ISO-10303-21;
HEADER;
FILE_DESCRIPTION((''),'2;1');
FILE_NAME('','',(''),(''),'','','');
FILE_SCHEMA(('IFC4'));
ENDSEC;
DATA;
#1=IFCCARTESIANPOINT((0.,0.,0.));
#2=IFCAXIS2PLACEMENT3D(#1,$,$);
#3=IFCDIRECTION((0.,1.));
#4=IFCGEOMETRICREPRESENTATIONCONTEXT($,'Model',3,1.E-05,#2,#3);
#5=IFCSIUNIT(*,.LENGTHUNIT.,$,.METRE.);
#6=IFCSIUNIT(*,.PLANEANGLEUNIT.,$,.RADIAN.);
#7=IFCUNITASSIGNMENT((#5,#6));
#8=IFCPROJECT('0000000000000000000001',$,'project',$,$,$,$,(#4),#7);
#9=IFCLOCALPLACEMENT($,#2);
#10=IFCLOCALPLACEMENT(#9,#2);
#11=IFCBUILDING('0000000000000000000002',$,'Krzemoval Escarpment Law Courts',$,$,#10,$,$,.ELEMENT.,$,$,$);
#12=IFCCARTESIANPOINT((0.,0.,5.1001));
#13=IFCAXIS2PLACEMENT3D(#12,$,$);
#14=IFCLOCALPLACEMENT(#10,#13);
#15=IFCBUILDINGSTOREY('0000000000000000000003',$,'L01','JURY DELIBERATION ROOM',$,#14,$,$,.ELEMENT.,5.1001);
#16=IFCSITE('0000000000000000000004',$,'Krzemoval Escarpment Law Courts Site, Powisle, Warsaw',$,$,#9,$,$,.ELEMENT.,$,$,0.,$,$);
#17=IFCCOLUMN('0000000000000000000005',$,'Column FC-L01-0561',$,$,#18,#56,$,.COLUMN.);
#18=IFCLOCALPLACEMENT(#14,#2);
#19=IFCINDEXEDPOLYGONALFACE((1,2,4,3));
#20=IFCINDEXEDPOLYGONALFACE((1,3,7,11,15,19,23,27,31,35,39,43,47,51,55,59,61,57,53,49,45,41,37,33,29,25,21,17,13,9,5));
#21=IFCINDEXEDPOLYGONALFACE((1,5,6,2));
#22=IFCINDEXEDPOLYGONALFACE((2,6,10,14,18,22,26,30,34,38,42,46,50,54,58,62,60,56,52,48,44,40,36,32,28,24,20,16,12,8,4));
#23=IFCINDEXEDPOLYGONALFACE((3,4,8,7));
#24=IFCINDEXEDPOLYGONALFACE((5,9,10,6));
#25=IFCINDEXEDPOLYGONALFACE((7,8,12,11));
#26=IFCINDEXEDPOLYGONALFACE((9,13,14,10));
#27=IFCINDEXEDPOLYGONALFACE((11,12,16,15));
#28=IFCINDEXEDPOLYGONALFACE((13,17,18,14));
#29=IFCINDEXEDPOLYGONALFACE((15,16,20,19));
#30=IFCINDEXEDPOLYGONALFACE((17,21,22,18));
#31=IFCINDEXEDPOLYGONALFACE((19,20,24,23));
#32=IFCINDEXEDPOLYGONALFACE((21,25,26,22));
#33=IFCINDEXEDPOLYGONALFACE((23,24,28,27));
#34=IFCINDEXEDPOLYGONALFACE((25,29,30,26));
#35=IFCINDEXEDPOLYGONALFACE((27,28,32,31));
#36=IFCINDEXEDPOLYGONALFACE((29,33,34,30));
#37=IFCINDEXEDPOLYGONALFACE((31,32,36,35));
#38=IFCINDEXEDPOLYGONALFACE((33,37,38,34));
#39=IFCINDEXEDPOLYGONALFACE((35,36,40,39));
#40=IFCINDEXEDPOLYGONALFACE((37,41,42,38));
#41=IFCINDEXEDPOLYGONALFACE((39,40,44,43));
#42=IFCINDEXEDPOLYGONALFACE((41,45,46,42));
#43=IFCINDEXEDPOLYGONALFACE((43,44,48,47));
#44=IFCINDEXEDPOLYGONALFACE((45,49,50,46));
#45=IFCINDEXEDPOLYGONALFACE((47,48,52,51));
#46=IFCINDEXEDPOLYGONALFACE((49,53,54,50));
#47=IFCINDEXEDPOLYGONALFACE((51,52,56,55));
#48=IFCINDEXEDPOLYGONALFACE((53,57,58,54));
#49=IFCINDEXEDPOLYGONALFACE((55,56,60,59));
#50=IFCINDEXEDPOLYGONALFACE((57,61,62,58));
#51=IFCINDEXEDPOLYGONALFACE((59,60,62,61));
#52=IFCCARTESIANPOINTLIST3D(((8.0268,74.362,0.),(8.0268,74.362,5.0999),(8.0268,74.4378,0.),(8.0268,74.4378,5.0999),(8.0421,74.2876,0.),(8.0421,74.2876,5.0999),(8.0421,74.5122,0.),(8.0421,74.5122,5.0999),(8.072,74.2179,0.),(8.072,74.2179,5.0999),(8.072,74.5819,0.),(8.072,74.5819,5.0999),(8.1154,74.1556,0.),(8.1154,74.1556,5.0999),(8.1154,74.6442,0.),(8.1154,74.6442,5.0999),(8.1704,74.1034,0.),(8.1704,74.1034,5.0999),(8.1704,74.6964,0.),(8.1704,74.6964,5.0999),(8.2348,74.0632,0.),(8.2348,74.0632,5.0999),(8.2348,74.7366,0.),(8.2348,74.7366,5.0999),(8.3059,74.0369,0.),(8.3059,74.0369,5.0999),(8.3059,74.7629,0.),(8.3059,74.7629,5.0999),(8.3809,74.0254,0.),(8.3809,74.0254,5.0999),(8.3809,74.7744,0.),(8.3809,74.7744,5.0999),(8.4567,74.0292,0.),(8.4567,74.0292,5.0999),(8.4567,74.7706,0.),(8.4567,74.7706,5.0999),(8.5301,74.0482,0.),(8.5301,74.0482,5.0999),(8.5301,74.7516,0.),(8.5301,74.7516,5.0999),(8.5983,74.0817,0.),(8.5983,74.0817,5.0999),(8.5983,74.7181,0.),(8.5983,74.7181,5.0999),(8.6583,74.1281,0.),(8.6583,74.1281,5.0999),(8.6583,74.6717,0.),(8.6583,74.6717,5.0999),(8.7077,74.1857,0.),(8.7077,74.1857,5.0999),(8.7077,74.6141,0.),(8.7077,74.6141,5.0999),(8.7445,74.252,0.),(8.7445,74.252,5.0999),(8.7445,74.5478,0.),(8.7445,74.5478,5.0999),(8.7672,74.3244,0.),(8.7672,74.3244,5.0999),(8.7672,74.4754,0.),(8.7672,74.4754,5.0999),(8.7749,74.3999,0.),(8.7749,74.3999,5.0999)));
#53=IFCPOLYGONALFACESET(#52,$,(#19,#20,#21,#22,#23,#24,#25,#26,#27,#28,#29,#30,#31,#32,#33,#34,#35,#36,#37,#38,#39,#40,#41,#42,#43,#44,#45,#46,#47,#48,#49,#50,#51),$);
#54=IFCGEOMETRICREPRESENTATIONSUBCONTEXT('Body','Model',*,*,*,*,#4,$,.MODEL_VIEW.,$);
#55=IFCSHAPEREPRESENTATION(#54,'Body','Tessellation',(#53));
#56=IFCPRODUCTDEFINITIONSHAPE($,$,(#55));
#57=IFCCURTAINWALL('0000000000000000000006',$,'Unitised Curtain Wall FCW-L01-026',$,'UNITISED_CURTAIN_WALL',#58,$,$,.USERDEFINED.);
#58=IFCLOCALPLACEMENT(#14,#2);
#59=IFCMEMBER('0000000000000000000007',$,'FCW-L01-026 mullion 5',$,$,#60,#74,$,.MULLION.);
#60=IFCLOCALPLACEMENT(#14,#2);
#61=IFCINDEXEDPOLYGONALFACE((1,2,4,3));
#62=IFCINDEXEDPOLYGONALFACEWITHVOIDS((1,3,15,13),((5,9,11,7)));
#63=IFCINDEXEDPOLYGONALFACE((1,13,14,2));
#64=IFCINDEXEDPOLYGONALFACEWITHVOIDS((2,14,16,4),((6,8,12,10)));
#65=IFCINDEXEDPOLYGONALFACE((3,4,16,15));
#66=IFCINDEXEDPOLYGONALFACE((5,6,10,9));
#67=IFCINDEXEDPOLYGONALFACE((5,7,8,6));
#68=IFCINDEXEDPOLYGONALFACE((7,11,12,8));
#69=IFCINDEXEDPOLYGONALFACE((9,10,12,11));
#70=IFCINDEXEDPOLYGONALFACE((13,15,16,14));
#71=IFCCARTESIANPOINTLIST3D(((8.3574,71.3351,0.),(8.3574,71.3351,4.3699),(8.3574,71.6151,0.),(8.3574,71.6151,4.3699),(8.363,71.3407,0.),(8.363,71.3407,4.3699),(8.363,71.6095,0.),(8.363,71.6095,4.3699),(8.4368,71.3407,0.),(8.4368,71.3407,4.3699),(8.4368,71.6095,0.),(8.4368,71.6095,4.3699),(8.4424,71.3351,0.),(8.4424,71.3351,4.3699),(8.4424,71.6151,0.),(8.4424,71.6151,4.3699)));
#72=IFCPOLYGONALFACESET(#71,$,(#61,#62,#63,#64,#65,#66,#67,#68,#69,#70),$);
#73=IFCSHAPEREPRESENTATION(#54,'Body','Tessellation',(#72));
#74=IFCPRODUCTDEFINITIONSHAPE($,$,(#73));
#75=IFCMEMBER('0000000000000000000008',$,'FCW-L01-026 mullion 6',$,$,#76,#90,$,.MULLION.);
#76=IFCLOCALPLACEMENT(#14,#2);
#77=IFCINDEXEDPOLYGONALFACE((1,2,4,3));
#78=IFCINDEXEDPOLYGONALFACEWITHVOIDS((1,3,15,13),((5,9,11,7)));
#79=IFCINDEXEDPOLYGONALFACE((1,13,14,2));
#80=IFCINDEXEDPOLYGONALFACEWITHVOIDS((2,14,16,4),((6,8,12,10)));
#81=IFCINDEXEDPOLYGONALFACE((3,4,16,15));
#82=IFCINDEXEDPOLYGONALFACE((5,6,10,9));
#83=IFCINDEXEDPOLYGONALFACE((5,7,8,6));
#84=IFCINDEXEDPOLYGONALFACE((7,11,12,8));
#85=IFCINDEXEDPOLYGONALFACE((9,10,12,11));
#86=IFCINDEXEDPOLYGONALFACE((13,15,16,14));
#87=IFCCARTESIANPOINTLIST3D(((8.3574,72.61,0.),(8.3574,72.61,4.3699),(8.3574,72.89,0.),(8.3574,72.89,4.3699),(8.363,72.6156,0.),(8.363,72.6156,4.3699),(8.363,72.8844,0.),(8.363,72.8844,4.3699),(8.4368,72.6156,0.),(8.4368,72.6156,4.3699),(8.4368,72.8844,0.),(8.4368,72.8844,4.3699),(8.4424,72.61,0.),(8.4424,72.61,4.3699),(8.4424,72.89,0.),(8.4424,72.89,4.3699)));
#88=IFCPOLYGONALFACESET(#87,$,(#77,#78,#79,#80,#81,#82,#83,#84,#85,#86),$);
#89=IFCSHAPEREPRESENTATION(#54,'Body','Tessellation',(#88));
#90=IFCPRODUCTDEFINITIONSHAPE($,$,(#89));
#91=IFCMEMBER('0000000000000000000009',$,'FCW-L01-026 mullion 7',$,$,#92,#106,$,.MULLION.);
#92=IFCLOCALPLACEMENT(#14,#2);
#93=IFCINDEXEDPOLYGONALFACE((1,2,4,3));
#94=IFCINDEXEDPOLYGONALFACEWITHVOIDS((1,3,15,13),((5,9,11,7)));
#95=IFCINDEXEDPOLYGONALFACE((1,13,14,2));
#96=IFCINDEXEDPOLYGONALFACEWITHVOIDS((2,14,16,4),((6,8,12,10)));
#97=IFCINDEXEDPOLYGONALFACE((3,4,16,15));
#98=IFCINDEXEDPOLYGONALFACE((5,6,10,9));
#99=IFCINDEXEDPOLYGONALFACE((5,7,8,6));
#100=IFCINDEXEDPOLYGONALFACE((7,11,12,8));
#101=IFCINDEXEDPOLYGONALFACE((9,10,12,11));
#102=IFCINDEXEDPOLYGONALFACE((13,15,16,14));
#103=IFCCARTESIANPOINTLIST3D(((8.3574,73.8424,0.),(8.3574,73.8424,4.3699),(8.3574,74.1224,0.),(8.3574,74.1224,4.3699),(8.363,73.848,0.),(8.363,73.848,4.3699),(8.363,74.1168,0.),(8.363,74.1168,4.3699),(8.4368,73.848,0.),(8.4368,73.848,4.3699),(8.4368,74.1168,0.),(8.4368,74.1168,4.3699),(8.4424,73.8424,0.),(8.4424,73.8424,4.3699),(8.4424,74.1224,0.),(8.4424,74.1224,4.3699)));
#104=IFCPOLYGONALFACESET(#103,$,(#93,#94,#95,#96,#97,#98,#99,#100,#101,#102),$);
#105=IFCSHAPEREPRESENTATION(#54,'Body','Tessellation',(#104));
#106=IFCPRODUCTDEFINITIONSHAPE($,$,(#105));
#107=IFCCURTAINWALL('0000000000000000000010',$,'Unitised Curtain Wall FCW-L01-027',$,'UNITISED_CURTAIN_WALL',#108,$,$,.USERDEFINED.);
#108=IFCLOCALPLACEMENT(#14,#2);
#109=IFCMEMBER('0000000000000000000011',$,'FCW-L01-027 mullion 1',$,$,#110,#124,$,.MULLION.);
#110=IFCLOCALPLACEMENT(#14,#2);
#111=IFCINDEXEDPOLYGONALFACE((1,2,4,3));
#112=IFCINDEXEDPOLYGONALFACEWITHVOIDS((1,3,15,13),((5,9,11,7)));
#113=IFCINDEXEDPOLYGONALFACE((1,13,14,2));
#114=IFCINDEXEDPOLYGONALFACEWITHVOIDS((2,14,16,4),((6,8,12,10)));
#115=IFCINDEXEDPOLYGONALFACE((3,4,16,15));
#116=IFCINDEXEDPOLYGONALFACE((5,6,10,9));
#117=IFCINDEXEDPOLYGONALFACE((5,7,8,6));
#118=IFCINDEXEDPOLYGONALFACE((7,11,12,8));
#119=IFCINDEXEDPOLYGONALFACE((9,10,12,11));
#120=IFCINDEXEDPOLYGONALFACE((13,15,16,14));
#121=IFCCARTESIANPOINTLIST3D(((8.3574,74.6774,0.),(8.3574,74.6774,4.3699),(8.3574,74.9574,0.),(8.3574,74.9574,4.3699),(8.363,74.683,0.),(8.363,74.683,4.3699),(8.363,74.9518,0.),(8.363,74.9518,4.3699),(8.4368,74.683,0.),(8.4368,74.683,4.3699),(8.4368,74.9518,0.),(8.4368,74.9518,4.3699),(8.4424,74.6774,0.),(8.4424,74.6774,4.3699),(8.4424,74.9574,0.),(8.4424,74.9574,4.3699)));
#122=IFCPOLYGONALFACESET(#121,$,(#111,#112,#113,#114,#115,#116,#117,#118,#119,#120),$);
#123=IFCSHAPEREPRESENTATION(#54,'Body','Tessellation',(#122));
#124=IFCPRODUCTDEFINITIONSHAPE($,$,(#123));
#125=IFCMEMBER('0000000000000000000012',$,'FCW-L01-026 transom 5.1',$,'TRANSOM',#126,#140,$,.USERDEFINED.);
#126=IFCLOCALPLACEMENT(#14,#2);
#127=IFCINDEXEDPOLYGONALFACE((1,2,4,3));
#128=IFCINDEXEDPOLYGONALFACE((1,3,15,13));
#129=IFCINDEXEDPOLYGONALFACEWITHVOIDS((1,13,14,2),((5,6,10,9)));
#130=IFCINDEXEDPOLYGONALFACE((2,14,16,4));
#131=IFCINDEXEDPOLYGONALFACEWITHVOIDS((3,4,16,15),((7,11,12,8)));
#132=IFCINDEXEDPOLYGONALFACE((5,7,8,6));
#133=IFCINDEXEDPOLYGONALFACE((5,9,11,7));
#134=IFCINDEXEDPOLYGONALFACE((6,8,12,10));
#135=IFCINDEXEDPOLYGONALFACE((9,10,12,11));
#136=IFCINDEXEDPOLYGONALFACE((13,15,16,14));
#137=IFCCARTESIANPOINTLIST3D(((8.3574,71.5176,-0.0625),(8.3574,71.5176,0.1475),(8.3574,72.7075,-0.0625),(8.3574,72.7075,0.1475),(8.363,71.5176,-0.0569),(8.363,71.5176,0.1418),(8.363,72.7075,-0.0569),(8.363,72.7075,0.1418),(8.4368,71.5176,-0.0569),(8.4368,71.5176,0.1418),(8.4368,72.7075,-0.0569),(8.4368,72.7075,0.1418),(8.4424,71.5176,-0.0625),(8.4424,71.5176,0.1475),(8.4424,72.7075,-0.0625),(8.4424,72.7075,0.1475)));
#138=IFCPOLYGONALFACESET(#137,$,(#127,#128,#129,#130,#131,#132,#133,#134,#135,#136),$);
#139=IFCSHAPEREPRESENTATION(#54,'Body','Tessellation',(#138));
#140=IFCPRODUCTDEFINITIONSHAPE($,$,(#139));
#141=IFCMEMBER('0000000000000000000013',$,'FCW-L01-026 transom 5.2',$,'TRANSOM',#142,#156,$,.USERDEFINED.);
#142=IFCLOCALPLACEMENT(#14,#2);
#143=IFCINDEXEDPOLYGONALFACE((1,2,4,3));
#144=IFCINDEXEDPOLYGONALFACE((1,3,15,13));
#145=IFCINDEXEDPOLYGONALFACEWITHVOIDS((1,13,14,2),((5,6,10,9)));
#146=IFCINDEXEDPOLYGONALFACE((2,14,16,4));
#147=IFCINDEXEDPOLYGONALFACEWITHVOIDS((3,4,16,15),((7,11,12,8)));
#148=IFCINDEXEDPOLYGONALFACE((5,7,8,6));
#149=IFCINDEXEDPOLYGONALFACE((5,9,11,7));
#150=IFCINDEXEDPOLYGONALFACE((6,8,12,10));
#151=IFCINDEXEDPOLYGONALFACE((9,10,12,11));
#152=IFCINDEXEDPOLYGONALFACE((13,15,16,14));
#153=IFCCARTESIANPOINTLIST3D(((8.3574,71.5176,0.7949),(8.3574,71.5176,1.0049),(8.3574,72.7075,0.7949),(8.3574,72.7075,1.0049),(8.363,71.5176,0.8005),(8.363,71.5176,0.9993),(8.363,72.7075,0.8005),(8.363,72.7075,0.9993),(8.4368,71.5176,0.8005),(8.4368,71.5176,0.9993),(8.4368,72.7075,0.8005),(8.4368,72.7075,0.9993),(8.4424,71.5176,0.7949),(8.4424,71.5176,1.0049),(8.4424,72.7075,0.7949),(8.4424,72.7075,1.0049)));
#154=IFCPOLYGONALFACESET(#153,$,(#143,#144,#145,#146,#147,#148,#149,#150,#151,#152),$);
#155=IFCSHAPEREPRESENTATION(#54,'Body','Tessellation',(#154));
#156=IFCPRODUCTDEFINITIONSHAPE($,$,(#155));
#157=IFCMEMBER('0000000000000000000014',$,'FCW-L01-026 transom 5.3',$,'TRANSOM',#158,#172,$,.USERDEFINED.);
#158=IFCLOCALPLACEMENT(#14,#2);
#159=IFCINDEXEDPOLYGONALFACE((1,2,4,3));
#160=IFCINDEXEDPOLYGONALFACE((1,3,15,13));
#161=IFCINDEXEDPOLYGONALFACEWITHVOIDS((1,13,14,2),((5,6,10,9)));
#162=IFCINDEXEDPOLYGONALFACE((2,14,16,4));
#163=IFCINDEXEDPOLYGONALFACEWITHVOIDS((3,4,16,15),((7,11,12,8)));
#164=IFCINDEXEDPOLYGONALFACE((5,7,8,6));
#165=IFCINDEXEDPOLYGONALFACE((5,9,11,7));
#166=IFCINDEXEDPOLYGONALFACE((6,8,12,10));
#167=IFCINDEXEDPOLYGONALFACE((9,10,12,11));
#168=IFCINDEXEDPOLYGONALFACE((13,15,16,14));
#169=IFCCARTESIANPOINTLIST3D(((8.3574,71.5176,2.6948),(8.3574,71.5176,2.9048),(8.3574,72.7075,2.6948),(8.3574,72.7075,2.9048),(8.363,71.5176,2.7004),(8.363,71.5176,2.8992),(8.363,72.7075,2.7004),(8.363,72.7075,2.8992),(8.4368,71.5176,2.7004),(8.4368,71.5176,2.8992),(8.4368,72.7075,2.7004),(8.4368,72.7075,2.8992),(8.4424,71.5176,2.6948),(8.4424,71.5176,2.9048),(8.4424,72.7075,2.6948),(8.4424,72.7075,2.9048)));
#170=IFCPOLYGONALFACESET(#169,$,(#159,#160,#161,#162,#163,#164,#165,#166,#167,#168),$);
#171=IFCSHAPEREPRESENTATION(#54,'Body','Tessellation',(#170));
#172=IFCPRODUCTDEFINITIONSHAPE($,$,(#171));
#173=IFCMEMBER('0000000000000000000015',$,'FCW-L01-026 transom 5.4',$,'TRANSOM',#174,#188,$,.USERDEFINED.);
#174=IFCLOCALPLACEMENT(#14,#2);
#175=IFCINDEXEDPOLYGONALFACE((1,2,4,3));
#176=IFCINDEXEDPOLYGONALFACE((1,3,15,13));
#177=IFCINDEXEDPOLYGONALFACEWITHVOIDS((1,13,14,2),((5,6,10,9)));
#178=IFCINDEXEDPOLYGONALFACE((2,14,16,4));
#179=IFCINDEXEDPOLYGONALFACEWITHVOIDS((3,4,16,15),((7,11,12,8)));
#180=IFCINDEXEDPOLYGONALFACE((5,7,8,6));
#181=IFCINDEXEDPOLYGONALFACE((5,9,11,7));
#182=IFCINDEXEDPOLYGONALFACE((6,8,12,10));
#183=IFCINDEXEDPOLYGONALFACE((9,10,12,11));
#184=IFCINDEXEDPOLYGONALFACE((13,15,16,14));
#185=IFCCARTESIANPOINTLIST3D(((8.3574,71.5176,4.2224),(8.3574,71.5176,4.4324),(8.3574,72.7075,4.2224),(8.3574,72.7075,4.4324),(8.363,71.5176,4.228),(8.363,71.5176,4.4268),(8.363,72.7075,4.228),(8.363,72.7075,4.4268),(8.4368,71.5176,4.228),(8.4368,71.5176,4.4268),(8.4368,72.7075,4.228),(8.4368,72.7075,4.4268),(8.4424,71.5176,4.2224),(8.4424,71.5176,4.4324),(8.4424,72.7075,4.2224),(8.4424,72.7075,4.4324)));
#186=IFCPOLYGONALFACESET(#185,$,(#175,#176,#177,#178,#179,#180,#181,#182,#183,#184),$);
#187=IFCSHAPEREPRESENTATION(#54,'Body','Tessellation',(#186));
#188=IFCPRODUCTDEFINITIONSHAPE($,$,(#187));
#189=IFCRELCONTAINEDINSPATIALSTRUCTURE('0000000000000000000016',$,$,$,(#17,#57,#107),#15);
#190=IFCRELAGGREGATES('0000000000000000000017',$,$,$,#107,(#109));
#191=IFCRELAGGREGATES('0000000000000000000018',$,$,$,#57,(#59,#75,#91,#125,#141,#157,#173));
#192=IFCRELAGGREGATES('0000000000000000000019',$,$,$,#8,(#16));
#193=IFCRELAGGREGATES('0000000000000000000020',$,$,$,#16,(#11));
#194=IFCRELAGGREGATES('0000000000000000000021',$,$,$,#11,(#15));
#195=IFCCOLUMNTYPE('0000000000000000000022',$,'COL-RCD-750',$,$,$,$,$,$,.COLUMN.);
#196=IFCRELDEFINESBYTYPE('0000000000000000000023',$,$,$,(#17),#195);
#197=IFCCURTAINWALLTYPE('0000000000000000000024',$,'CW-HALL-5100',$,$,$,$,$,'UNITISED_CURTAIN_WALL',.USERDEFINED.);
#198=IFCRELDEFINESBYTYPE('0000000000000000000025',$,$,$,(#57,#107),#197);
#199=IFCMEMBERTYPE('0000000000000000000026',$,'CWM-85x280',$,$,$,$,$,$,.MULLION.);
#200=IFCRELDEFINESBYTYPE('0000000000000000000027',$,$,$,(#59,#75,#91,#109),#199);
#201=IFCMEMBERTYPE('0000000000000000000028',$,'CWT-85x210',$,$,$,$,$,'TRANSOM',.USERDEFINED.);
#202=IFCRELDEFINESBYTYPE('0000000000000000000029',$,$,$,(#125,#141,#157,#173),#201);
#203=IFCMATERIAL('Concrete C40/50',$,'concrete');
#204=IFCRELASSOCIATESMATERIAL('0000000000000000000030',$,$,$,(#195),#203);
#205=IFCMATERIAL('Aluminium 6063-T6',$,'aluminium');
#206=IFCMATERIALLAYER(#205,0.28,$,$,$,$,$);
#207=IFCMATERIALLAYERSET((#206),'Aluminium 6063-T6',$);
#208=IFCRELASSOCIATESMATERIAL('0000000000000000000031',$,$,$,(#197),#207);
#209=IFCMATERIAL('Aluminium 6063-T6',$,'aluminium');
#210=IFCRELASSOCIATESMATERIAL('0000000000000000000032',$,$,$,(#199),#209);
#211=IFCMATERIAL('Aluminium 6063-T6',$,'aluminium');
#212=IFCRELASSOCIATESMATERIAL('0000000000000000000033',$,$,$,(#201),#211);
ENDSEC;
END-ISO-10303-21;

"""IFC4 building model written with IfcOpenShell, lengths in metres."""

from ifc_helpers import new_model, si_unit, direction, frame, origin, origin_2d, place, context, subcontext, project, spatial, hollow_rectangle, circle, extrude, material, layer, layer_set, material_profile, profile_set, type_object, element, aggregate, save


model = new_model("IFC4")

# Units and contexts
model_context = context("Model", 3, precision=1e-05, world=origin(), true_north=direction((0.0, 1.0)))
body_context = subcontext(model_context, "Body", "Model", "MODEL_VIEW")
ifc_project = project(units=[si_unit("LENGTHUNIT", "METRE"), si_unit("PLANEANGLEUNIT", "RADIAN")], contexts=[model_context])

# Site, building, storey
site_placement = place(None, origin())
site = spatial("IfcSite", under=ifc_project, at=site_placement, Name="Krzemoval Escarpment Law Courts Site, Powisle, Warsaw", CompositionType="ELEMENT", RefElevation=0.0)
building_placement = place(site_placement, origin())
building = spatial("IfcBuilding", under=site, at=building_placement, Name="Krzemoval Escarpment Law Courts", CompositionType="ELEMENT")
storey_placement = place(building_placement, frame((0.0, 0.0, 5.1001)))
storey = spatial("IfcBuildingStorey", under=building, at=storey_placement, Name="L01", Description="JURY DELIBERATION ROOM", CompositionType="ELEMENT", Elevation=5.1001)

# Column
ifc_material_1 = material(Name="Concrete C40/50", Category="concrete")
ifc_material_profile_1 = material_profile(ifc_material_1, circle(Radius=0.375, at=origin_2d()), Name="RC D750")
ifc_profile_set_1 = profile_set([ifc_material_profile_1], Name="Concrete C40/50")
column_type = type_object("IfcColumnType", Name="COL-RCD-750", PredefinedType="COLUMN", material=ifc_profile_set_1)
column_placement = place(storey_placement, frame((8.3999, 74.3999, 0.0), z_axis=(0.0, 0.0, 1.0), x_axis=(1.0, 0.0, 0.0)))
element("IfcColumn", 1, at=column_placement, inside=storey, type_object=column_type, Name="Column FC-L01-0561", PredefinedType="COLUMN", context=body_context, shape_type="SweptSolid", body=[
    extrude(circle(Radius=0.375, at=origin_2d()), origin(), (0.0, 0.0, 1.0), 5.0999),
])

# Curtain wall, members
ifc_material_2 = material(Name="Aluminium 6063-T6", Category="aluminium")
ifc_layer_1 = layer(ifc_material_2, 0.28)
ifc_layer_set_1 = layer_set([ifc_layer_1], Name="Aluminium 6063-T6")
curtain_wall_type = type_object("IfcCurtainWallType", Name="CW-HALL-5100", ElementType="UNITISED_CURTAIN_WALL", PredefinedType="USERDEFINED", material=ifc_layer_set_1)
curtain_wall_1_placement = place(storey_placement, origin())
curtain_wall_1 = element("IfcCurtainWall", 2, at=curtain_wall_1_placement, inside=storey, type_object=curtain_wall_type, Name="Unitised Curtain Wall FCW-L01-026", ObjectType="UNITISED_CURTAIN_WALL", PredefinedType="USERDEFINED")
ifc_material_3 = material(Name="Aluminium 6063-T6", Category="aluminium")
ifc_material_profile_2 = material_profile(ifc_material_3, hollow_rectangle(XDim=0.085, YDim=0.28, WallThickness=0.0056, at=origin_2d()), Name="ALU M85x280")
ifc_profile_set_2 = profile_set([ifc_material_profile_2], Name="Aluminium 6063-T6")
member_type_1 = type_object("IfcMemberType", Name="CWM-85x280", PredefinedType="MULLION", material=ifc_profile_set_2)
member_1_placement = place(storey_placement, frame((8.3999, 71.4751, 0.0), z_axis=(0.0, 0.0, 1.0), x_axis=(-1.0, 0.0, 0.0)))
member_1 = element("IfcMember", 3, at=member_1_placement, type_object=member_type_1, Name="FCW-L01-026 mullion 5", PredefinedType="MULLION", context=body_context, shape_type="SweptSolid", body=[
    extrude(hollow_rectangle(XDim=0.085, YDim=0.28, WallThickness=0.0056, at=origin_2d()), origin(), (0.0, 0.0, 1.0), 4.3699),
])
member_2_placement = place(storey_placement, frame((8.3999, 72.75, 0.0), z_axis=(0.0, 0.0, 1.0), x_axis=(-1.0, 0.0, 0.0)))
member_2 = element("IfcMember", 4, at=member_2_placement, type_object=member_type_1, Name="FCW-L01-026 mullion 6", PredefinedType="MULLION", context=body_context, shape_type="SweptSolid", body=[
    extrude(hollow_rectangle(XDim=0.085, YDim=0.28, WallThickness=0.0056, at=origin_2d()), origin(), (0.0, 0.0, 1.0), 4.3699),
])
member_3_placement = place(storey_placement, frame((8.3999, 73.9824, 0.0), z_axis=(0.0, 0.0, 1.0), x_axis=(-1.0, 0.0, 0.0)))
member_3 = element("IfcMember", 5, at=member_3_placement, type_object=member_type_1, Name="FCW-L01-026 mullion 7", PredefinedType="MULLION", context=body_context, shape_type="SweptSolid", body=[
    extrude(hollow_rectangle(XDim=0.085, YDim=0.28, WallThickness=0.0056, at=origin_2d()), origin(), (0.0, 0.0, 1.0), 4.3699),
])

# Curtain wall, member
curtain_wall_2_placement = place(storey_placement, origin())
curtain_wall_2 = element("IfcCurtainWall", 6, at=curtain_wall_2_placement, inside=storey, type_object=curtain_wall_type, Name="Unitised Curtain Wall FCW-L01-027", ObjectType="UNITISED_CURTAIN_WALL", PredefinedType="USERDEFINED")
member_4_placement = place(storey_placement, frame((8.3999, 74.8174, 0.0), z_axis=(0.0, 0.0, 1.0), x_axis=(-1.0, 0.0, 0.0)))
member_4 = element("IfcMember", 7, at=member_4_placement, type_object=member_type_1, Name="FCW-L01-027 mullion 1", PredefinedType="MULLION", context=body_context, shape_type="SweptSolid", body=[
    extrude(hollow_rectangle(XDim=0.085, YDim=0.28, WallThickness=0.0056, at=origin_2d()), origin(), (0.0, 0.0, 1.0), 4.3699),
])

# Members
ifc_material_4 = material(Name="Aluminium 6063-T6", Category="aluminium")
ifc_material_profile_3 = material_profile(ifc_material_4, hollow_rectangle(XDim=0.085, YDim=0.21, WallThickness=0.0056, at=origin_2d()), Name="ALU T85x210")
ifc_profile_set_3 = profile_set([ifc_material_profile_3], Name="Aluminium 6063-T6")
member_type_2 = type_object("IfcMemberType", Name="CWT-85x210", ElementType="TRANSOM", PredefinedType="USERDEFINED", material=ifc_profile_set_3)
member_5_placement = place(storey_placement, frame((8.3999, 71.5176, 0.0425), z_axis=(0.0, 1.0, 0.0), x_axis=(-1.0, 0.0, 0.0)))
member_5 = element("IfcMember", 8, at=member_5_placement, type_object=member_type_2, Name="FCW-L01-026 transom 5.1", ObjectType="TRANSOM", PredefinedType="USERDEFINED", context=body_context, shape_type="SweptSolid", body=[
    extrude(hollow_rectangle(XDim=0.085, YDim=0.21, WallThickness=0.0056, at=origin_2d()), origin(), (0.0, 0.0, 1.0), 1.1899),
])
member_6_placement = place(storey_placement, frame((8.3999, 71.5176, 0.8999), z_axis=(0.0, 1.0, 0.0), x_axis=(-1.0, 0.0, 0.0)))
member_6 = element("IfcMember", 9, at=member_6_placement, type_object=member_type_2, Name="FCW-L01-026 transom 5.2", ObjectType="TRANSOM", PredefinedType="USERDEFINED", context=body_context, shape_type="SweptSolid", body=[
    extrude(hollow_rectangle(XDim=0.085, YDim=0.21, WallThickness=0.0056, at=origin_2d()), origin(), (0.0, 0.0, 1.0), 1.1899),
])
member_7_placement = place(storey_placement, frame((8.3999, 71.5176, 2.7998), z_axis=(0.0, 1.0, 0.0), x_axis=(-1.0, 0.0, 0.0)))
member_7 = element("IfcMember", 10, at=member_7_placement, type_object=member_type_2, Name="FCW-L01-026 transom 5.3", ObjectType="TRANSOM", PredefinedType="USERDEFINED", context=body_context, shape_type="SweptSolid", body=[
    extrude(hollow_rectangle(XDim=0.085, YDim=0.21, WallThickness=0.0056, at=origin_2d()), origin(), (0.0, 0.0, 1.0), 1.1899),
])
member_8_placement = place(storey_placement, frame((8.3999, 71.5176, 4.3274), z_axis=(0.0, 1.0, 0.0), x_axis=(-1.0, 0.0, 0.0)))
member_8 = element("IfcMember", 11, at=member_8_placement, type_object=member_type_2, Name="FCW-L01-026 transom 5.4", ObjectType="TRANSOM", PredefinedType="USERDEFINED", context=body_context, shape_type="SweptSolid", body=[
    extrude(hollow_rectangle(XDim=0.085, YDim=0.21, WallThickness=0.0056, at=origin_2d()), origin(), (0.0, 0.0, 1.0), 1.1899),
])
aggregate(curtain_wall_2, [member_4])

aggregate(curtain_wall_1, [member_1, member_2, member_3, member_5, member_6, member_7, member_8])

save(model, "model.ifc")
